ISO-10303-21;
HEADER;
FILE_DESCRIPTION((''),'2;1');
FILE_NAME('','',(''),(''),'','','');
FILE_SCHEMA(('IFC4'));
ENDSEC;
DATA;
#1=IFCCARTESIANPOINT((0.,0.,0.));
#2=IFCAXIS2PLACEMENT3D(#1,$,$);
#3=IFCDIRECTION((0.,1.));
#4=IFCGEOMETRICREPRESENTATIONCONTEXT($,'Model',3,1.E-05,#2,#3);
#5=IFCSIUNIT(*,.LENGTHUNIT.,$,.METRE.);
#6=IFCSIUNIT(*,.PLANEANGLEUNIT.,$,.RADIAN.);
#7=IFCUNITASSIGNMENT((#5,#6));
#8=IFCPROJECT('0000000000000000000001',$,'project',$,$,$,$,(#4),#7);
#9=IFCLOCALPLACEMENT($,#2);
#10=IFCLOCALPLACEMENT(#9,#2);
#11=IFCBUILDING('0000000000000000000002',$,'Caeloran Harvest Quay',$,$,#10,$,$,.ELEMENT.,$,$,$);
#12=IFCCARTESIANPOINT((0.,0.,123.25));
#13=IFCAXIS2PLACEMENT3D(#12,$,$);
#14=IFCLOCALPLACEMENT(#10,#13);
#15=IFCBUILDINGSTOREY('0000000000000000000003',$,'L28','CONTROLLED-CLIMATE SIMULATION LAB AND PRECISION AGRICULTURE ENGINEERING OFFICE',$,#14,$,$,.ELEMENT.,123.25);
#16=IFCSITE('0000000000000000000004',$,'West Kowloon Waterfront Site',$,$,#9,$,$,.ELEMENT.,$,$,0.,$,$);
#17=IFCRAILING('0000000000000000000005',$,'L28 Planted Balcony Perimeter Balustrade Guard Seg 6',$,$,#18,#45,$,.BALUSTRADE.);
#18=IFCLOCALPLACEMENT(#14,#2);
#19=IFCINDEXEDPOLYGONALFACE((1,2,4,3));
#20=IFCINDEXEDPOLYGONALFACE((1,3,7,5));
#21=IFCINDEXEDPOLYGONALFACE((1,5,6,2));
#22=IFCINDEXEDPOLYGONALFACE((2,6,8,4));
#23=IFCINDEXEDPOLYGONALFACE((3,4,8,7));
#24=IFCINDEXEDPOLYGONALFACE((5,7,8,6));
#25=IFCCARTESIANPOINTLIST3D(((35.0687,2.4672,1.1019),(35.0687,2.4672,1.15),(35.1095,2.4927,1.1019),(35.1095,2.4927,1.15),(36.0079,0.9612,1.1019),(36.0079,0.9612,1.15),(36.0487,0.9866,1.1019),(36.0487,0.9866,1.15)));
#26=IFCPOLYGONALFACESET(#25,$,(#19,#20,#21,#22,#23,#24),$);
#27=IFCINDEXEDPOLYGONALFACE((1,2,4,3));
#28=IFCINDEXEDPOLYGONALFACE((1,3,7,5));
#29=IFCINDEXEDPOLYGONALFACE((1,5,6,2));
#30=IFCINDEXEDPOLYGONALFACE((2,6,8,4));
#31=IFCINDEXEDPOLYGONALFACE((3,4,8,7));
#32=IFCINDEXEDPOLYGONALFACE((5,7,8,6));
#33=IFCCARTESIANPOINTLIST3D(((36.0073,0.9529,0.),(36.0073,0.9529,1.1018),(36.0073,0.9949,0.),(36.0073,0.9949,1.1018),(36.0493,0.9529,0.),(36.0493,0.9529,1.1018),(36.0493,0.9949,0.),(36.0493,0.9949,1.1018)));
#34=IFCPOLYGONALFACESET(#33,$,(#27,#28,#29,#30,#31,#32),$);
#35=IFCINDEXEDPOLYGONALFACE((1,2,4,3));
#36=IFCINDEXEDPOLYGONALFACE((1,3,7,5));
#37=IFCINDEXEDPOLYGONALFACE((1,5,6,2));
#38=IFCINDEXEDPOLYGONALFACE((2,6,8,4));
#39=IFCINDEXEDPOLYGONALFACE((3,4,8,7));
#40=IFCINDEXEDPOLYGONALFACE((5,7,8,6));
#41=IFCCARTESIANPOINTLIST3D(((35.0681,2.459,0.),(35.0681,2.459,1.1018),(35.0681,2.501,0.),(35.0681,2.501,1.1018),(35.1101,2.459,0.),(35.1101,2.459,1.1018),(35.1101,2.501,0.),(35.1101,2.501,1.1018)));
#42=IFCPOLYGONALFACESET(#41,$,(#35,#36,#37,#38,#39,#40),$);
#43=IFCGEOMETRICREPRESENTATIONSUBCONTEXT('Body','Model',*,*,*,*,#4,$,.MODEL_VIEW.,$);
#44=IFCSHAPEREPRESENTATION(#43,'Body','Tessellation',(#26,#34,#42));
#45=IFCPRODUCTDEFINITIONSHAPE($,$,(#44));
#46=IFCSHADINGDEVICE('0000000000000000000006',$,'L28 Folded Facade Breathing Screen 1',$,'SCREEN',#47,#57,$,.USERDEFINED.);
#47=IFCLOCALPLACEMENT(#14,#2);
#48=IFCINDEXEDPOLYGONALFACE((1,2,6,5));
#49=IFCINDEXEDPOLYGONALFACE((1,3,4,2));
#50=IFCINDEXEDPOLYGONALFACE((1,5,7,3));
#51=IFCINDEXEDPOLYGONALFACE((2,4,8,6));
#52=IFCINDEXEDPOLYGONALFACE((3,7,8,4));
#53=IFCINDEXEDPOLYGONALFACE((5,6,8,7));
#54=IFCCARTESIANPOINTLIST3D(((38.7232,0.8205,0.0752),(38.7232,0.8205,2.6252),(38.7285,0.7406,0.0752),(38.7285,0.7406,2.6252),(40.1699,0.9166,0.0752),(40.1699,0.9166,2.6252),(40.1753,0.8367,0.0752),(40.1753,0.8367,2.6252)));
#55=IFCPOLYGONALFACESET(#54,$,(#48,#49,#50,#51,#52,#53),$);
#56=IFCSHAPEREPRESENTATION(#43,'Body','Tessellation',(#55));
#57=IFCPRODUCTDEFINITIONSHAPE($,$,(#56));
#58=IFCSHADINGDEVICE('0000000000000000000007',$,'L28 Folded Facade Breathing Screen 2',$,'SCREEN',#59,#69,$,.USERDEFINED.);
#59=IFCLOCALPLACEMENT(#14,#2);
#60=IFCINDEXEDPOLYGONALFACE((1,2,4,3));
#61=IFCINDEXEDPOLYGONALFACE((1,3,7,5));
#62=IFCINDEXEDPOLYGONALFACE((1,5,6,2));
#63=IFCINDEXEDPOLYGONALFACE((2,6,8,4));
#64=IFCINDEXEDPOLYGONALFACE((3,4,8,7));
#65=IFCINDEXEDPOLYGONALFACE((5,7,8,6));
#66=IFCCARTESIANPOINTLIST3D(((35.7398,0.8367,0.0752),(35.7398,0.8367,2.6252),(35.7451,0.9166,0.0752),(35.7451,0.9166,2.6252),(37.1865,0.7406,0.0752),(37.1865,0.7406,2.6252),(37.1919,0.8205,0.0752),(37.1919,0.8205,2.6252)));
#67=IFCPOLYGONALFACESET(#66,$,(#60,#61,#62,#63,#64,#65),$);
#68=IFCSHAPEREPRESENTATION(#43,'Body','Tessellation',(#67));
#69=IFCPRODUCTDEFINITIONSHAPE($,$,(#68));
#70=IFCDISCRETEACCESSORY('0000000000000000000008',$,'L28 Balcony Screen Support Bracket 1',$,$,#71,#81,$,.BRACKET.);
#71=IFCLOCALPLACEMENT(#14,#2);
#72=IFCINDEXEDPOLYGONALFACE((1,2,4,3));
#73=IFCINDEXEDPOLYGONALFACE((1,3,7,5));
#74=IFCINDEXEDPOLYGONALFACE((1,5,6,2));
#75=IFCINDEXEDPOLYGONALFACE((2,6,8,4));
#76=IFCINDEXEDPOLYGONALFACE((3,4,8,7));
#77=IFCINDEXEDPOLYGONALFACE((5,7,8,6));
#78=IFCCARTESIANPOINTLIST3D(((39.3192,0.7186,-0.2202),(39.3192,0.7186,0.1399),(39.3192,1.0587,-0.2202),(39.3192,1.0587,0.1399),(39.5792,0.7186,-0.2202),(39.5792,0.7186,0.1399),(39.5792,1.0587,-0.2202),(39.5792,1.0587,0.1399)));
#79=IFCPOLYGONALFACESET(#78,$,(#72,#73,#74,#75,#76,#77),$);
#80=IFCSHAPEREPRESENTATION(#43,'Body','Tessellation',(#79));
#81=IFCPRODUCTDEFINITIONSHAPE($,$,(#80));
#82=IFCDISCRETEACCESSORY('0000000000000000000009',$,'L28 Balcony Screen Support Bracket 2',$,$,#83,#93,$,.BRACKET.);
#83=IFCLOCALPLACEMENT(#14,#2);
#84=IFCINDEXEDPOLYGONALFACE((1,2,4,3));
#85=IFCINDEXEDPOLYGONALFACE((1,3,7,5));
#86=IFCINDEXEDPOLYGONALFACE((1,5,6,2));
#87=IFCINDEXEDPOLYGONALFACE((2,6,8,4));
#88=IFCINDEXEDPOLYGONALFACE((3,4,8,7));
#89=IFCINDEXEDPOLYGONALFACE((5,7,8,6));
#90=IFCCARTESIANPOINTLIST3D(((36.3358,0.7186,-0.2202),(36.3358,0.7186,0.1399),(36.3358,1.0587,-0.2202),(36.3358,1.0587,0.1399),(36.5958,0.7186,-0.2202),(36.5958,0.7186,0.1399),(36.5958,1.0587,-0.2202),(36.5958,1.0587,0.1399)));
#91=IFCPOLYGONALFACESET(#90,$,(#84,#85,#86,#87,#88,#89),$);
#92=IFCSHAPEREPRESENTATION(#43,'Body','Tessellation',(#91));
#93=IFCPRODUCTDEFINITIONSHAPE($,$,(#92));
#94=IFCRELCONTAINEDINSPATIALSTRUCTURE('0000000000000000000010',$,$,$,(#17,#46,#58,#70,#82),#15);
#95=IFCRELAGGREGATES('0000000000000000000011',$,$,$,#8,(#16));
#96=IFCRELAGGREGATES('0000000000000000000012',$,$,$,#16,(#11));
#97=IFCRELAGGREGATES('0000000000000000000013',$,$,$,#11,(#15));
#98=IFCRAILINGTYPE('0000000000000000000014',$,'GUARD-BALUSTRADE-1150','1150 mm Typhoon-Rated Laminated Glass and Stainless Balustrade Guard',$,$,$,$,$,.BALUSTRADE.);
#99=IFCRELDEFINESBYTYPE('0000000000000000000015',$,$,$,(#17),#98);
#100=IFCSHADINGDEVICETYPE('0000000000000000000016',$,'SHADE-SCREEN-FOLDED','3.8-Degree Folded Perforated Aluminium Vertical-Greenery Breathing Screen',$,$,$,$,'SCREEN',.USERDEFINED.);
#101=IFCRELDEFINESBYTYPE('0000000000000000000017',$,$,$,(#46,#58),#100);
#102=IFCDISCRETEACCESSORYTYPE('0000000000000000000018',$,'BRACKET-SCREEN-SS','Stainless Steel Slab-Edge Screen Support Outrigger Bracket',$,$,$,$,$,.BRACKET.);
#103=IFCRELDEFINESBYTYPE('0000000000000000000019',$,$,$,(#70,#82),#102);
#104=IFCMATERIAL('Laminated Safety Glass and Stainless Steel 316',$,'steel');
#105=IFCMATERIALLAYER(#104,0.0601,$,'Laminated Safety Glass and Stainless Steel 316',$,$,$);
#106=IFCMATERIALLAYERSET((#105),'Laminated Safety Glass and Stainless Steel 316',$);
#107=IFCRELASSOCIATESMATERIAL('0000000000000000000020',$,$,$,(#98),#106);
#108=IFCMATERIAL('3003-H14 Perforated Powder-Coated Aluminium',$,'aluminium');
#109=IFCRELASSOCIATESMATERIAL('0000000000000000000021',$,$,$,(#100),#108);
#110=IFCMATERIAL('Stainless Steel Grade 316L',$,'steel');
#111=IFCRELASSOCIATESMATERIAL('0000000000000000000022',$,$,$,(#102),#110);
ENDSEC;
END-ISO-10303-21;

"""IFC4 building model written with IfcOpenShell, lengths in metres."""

from ifc_helpers import new_model, si_unit, direction, frame, origin, origin_2d, place, context, subcontext, project, spatial, rectangle, extrude, material, layer, layer_set, type_object, element, save


model = new_model("IFC4")

# Units and contexts
model_context = context("Model", 3, precision=1e-05, world=origin(), true_north=direction((0.0, 1.0)))
body_context = subcontext(model_context, "Body", "Model", "MODEL_VIEW")
ifc_project = project(units=[si_unit("LENGTHUNIT", "METRE"), si_unit("PLANEANGLEUNIT", "RADIAN")], contexts=[model_context])

# Site, building, storey
site_placement = place(None, origin())
site = spatial("IfcSite", under=ifc_project, at=site_placement, Name="West Kowloon Waterfront Site", CompositionType="ELEMENT", RefElevation=0.0)
building_placement = place(site_placement, origin())
building = spatial("IfcBuilding", under=site, at=building_placement, Name="Caeloran Harvest Quay", CompositionType="ELEMENT")
storey_placement = place(building_placement, frame((0.0, 0.0, 123.25)))
storey = spatial("IfcBuildingStorey", under=building, at=storey_placement, Name="L28", Description="CONTROLLED-CLIMATE SIMULATION LAB AND PRECISION AGRICULTURE ENGINEERING OFFICE", CompositionType="ELEMENT", Elevation=123.25)

# Railing
ifc_material_1 = material(Name="Laminated Safety Glass and Stainless Steel 316", Category="steel")
ifc_layer_1 = layer(ifc_material_1, 0.0601, Name="Laminated Safety Glass and Stainless Steel 316")
ifc_layer_set_1 = layer_set([ifc_layer_1], Name="Laminated Safety Glass and Stainless Steel 316")
railing_type = type_object("IfcRailingType", Name="GUARD-BALUSTRADE-1150", Description="1150 mm Typhoon-Rated Laminated Glass and Stainless Balustrade Guard", PredefinedType="BALUSTRADE", material=ifc_layer_set_1)
railing_1_placement = place(storey_placement, frame((36.0283, 0.9739, 0.0)))
element("IfcRailing", 1, at=railing_1_placement, inside=storey, type_object=railing_type, Name="L28 Planted Balcony Perimeter Balustrade Guard Seg 6", PredefinedType="BALUSTRADE", context=body_context, shape_type="SweptSolid", body=[
    extrude(rectangle(XDim=0.0481, YDim=0.0481, at=origin_2d()), frame((0.0, 0.0, 1.126), z_axis=(-0.529146, 0.848531, 0.0), x_axis=(-0.848531, -0.529146, 0.0)), (0.0, 0.0, 1.0), 1.7749),
    extrude(rectangle(XDim=0.042, YDim=0.042, at=origin_2d()), origin(), (0.0, 0.0, 1.0), 1.1018),
    extrude(rectangle(XDim=0.042, YDim=0.042, at=origin_2d()), frame((-0.9392, 1.5061, 0.0)), (0.0, 0.0, 1.0), 1.1018),
])

# Shading devices
ifc_material_2 = material(Name="3003-H14 Perforated Powder-Coated Aluminium", Category="aluminium")
shading_device_type = type_object("IfcShadingDeviceType", Name="SHADE-SCREEN-FOLDED", Description="3.8-Degree Folded Perforated Aluminium Vertical-Greenery Breathing Screen", ElementType="SCREEN", PredefinedType="USERDEFINED", material=ifc_material_2)
for number, where, z_axis, x_axis, name in (
    (2, (39.4492, 0.8286, 0.0752), (0.0, 0.0, 1.0), (0.997801, 0.066274, 0.0), "L28 Folded Facade Breathing Screen 1"),
    (3, (36.4658, 0.8286, 0.0752), (0.0, 0.0, 1.0), (0.997801, -0.066274, 0.0), "L28 Folded Facade Breathing Screen 2"),
):
    element("IfcShadingDevice", number, at=place(storey_placement, frame(where, z_axis=z_axis, x_axis=x_axis)), inside=storey, type_object=shading_device_type, Name=name, ObjectType="SCREEN", PredefinedType="USERDEFINED", context=body_context, shape_type="SweptSolid", body=[
        extrude(rectangle(XDim=1.45, YDim=0.0801, at=origin_2d()), origin(), (0.0, 0.0, 1.0), 2.55),
    ])

# Discrete accessories
ifc_material_3 = material(Name="Stainless Steel Grade 316L", Category="steel")
discrete_accessory_type = type_object("IfcDiscreteAccessoryType", Name="BRACKET-SCREEN-SS", Description="Stainless Steel Slab-Edge Screen Support Outrigger Bracket", PredefinedType="BRACKET", material=ifc_material_3)
for number, where, z_axis, x_axis, name in (
    (4, (39.4492, 0.8887, -0.2202), (0.0, 0.0, 1.0), (1.0, 0.0, 0.0), "L28 Balcony Screen Support Bracket 1"),
    (5, (36.4658, 0.8887, -0.2202), (0.0, 0.0, 1.0), (1.0, 0.0, 0.0), "L28 Balcony Screen Support Bracket 2"),
):
    element("IfcDiscreteAccessory", number, at=place(storey_placement, frame(where, z_axis=z_axis, x_axis=x_axis)), inside=storey, type_object=discrete_accessory_type, Name=name, PredefinedType="BRACKET", context=body_context, shape_type="SweptSolid", body=[
        extrude(rectangle(XDim=0.26, YDim=0.3401, at=origin_2d()), origin(), (0.0, 0.0, 1.0), 0.3601),
    ])

save(model, "model.ifc")
